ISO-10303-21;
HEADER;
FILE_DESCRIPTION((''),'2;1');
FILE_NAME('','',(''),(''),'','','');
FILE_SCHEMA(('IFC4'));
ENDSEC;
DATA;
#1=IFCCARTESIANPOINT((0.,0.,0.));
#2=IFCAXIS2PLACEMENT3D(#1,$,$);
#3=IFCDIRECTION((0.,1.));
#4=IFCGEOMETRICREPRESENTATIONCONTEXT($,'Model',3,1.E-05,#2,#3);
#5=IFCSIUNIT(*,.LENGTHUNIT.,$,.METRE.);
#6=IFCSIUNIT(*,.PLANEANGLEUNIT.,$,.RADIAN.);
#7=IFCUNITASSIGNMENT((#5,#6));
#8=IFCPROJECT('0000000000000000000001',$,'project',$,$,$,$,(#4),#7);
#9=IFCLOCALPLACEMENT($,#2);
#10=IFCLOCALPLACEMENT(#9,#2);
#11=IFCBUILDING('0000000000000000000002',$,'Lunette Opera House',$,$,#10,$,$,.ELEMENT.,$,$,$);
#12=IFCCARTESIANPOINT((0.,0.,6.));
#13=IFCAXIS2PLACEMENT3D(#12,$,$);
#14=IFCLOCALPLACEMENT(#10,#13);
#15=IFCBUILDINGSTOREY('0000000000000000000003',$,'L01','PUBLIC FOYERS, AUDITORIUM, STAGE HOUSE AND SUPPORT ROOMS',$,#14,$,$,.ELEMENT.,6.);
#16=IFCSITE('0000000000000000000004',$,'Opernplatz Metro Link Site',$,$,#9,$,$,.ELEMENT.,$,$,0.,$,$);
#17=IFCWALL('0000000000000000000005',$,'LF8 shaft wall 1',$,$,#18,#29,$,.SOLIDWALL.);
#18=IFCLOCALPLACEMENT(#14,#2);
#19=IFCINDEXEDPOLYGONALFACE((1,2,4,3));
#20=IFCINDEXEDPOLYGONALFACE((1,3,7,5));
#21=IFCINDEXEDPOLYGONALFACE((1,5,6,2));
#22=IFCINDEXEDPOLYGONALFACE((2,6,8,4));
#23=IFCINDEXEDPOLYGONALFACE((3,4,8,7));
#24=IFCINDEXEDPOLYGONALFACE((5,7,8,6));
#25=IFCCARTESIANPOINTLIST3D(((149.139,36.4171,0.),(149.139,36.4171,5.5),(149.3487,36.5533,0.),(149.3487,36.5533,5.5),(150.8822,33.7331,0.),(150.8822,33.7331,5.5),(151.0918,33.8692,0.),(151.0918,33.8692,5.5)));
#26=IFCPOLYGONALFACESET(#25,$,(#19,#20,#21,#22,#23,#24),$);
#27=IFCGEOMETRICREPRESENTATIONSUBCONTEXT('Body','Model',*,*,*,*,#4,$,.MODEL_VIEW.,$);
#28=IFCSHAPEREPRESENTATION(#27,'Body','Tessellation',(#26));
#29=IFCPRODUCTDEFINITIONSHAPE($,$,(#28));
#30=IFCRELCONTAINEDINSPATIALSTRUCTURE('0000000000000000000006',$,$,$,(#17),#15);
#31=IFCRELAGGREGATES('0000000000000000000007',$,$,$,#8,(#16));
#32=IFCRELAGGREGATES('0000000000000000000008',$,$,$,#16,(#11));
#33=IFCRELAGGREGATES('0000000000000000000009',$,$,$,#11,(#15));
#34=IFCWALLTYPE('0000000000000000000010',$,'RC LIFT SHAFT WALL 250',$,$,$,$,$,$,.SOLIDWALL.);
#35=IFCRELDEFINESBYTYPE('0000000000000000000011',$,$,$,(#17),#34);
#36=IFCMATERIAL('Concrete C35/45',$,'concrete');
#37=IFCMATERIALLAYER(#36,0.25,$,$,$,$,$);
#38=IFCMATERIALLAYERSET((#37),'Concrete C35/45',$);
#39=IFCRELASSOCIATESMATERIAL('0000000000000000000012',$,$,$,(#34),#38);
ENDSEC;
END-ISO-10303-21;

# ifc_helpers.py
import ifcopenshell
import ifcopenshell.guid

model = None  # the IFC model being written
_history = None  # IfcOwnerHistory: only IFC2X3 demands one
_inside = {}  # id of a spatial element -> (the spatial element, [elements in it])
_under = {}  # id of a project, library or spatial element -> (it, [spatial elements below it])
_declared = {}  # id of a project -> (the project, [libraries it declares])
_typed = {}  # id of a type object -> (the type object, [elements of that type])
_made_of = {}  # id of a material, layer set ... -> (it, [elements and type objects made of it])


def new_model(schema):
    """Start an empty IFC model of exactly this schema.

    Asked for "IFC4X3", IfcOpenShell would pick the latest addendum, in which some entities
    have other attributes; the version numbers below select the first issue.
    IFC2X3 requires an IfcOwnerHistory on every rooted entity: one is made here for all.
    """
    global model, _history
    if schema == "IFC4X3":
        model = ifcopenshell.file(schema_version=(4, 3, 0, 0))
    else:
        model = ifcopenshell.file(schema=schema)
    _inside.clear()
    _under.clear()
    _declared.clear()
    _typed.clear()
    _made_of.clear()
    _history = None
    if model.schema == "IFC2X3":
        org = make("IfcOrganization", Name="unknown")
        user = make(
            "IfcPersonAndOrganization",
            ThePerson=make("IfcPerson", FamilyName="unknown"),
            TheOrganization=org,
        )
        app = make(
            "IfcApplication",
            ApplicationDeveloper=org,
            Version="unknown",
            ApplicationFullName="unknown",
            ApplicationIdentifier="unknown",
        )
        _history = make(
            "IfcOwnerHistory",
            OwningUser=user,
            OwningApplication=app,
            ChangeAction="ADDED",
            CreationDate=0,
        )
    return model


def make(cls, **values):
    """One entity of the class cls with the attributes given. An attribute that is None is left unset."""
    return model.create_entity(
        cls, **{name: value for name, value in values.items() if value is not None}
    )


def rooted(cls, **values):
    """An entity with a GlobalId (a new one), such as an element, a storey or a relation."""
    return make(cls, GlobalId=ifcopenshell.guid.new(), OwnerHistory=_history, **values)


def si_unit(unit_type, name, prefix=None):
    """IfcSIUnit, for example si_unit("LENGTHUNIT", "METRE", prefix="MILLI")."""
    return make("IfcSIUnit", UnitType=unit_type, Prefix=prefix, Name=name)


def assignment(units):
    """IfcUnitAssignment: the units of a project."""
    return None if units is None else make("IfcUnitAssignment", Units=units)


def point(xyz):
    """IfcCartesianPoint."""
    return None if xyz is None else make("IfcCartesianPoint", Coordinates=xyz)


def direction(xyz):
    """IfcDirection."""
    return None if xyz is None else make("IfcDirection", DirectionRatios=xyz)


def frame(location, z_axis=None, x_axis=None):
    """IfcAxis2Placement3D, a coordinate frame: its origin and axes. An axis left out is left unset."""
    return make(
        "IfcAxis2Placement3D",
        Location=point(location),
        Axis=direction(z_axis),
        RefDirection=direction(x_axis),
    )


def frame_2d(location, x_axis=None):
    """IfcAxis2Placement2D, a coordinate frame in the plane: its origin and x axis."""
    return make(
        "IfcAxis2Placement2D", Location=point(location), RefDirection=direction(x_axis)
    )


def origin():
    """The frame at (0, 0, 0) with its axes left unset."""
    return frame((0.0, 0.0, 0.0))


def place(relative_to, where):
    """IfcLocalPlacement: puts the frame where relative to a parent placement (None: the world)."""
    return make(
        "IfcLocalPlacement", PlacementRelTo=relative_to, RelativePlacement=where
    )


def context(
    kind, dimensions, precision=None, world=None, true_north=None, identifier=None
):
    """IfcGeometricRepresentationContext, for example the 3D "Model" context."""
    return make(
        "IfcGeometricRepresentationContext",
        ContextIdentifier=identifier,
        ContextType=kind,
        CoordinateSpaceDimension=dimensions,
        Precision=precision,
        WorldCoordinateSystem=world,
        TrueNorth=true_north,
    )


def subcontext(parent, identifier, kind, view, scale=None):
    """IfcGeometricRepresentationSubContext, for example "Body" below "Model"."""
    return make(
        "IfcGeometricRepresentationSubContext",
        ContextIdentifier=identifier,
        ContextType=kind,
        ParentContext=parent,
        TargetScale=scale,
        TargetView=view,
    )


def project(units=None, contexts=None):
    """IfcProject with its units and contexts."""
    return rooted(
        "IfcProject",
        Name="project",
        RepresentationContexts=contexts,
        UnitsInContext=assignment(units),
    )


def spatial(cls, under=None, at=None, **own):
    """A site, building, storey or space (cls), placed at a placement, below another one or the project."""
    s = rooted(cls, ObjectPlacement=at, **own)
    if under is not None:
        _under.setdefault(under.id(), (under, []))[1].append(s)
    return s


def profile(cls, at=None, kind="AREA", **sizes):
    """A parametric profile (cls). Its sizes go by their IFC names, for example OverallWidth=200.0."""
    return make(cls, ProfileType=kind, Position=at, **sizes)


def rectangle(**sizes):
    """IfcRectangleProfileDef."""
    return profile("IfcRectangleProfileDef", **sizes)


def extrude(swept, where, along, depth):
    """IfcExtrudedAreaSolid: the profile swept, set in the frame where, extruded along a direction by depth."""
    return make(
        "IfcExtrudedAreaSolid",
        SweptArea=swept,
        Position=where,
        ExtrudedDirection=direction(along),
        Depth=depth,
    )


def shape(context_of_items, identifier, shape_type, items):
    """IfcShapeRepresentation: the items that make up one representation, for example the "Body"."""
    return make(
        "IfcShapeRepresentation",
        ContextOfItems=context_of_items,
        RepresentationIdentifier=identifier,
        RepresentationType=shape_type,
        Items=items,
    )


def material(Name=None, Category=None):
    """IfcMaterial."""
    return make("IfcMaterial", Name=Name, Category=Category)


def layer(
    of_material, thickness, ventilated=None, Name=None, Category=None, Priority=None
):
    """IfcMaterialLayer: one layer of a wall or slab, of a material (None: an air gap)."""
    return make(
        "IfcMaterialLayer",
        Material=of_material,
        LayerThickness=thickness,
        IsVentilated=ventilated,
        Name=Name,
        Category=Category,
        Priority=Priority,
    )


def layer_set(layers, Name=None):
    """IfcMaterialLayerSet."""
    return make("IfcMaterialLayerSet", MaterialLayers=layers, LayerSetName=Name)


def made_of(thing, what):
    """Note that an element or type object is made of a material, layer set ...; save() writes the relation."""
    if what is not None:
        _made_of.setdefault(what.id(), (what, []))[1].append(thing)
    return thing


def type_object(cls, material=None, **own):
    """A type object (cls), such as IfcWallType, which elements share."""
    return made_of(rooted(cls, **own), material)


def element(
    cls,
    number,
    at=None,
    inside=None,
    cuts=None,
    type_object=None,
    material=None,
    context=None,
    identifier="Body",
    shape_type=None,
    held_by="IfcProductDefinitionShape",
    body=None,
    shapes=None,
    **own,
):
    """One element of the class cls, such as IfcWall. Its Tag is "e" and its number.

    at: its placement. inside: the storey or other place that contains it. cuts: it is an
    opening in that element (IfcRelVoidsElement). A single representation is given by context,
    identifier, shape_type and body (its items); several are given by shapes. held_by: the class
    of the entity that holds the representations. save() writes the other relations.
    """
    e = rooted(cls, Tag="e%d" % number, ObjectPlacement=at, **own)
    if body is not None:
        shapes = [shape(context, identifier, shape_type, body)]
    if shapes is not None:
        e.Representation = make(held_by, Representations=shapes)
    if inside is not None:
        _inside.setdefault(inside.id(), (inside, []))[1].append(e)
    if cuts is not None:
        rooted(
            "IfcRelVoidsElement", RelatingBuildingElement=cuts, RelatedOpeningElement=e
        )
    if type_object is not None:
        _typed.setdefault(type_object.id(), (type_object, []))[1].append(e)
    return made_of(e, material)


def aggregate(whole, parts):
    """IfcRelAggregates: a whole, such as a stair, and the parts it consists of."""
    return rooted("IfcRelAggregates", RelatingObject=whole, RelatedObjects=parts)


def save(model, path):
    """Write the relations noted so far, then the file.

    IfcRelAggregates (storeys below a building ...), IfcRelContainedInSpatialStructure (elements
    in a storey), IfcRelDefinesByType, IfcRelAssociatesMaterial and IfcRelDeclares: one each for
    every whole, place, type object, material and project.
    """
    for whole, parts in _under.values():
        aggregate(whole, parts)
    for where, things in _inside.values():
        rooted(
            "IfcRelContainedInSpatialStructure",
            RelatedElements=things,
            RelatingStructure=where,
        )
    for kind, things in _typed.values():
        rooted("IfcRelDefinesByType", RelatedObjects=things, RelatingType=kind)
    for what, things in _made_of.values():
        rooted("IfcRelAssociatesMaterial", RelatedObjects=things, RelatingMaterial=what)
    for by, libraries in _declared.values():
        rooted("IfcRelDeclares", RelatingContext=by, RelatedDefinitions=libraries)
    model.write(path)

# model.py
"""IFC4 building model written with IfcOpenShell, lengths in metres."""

from ifc_helpers import new_model, si_unit, direction, frame, frame_2d, origin, place, context, subcontext, project, spatial, rectangle, extrude, material, layer, layer_set, type_object, element, save


model = new_model("IFC4")

# Units and contexts
model_context = context("Model", 3, precision=1e-05, world=origin(), true_north=direction((0.0, 1.0)))
body_context = subcontext(model_context, "Body", "Model", "MODEL_VIEW")
ifc_project = project(units=[si_unit("LENGTHUNIT", "METRE"), si_unit("PLANEANGLEUNIT", "RADIAN")], contexts=[model_context])

# Site, building, storey
site_placement = place(None, origin())
site = spatial("IfcSite", under=ifc_project, at=site_placement, Name="Opernplatz Metro Link Site", CompositionType="ELEMENT", RefElevation=0.0)
building_placement = place(site_placement, origin())
building = spatial("IfcBuilding", under=site, at=building_placement, Name="Lunette Opera House", CompositionType="ELEMENT")
storey_placement = place(building_placement, frame((0.0, 0.0, 6.0)))
storey = spatial("IfcBuildingStorey", under=building, at=storey_placement, Name="L01", Description="PUBLIC FOYERS, AUDITORIUM, STAGE HOUSE AND SUPPORT ROOMS", CompositionType="ELEMENT", Elevation=6.0)

# Wall
ifc_material_1 = material(Name="Concrete C35/45", Category="concrete")
ifc_layer_1 = layer(ifc_material_1, 0.25)
ifc_layer_set_1 = layer_set([ifc_layer_1], Name="Concrete C35/45")
wall_type_1 = type_object("IfcWallType", Name="RC LIFT SHAFT WALL 250", PredefinedType="SOLIDWALL", material=ifc_layer_set_1)
wall_1_placement = place(storey_placement, frame((149.2439, 36.4851, 0.0), z_axis=(0.0, 0.0, 1.0), x_axis=(0.544661, -0.838656, 0.0)))
element("IfcWall", 1, at=wall_1_placement, inside=storey, type_object=wall_type_1, Name="LF8 shaft wall 1", PredefinedType="SOLIDWALL", context=body_context, shape_type="SweptSolid", body=[
    extrude(rectangle(XDim=3.2004, YDim=0.25, at=frame_2d((1.6001, 0.0))), origin(), (0.0, 0.0, 1.0), 5.5),
])

save(model, "model.ifc")
